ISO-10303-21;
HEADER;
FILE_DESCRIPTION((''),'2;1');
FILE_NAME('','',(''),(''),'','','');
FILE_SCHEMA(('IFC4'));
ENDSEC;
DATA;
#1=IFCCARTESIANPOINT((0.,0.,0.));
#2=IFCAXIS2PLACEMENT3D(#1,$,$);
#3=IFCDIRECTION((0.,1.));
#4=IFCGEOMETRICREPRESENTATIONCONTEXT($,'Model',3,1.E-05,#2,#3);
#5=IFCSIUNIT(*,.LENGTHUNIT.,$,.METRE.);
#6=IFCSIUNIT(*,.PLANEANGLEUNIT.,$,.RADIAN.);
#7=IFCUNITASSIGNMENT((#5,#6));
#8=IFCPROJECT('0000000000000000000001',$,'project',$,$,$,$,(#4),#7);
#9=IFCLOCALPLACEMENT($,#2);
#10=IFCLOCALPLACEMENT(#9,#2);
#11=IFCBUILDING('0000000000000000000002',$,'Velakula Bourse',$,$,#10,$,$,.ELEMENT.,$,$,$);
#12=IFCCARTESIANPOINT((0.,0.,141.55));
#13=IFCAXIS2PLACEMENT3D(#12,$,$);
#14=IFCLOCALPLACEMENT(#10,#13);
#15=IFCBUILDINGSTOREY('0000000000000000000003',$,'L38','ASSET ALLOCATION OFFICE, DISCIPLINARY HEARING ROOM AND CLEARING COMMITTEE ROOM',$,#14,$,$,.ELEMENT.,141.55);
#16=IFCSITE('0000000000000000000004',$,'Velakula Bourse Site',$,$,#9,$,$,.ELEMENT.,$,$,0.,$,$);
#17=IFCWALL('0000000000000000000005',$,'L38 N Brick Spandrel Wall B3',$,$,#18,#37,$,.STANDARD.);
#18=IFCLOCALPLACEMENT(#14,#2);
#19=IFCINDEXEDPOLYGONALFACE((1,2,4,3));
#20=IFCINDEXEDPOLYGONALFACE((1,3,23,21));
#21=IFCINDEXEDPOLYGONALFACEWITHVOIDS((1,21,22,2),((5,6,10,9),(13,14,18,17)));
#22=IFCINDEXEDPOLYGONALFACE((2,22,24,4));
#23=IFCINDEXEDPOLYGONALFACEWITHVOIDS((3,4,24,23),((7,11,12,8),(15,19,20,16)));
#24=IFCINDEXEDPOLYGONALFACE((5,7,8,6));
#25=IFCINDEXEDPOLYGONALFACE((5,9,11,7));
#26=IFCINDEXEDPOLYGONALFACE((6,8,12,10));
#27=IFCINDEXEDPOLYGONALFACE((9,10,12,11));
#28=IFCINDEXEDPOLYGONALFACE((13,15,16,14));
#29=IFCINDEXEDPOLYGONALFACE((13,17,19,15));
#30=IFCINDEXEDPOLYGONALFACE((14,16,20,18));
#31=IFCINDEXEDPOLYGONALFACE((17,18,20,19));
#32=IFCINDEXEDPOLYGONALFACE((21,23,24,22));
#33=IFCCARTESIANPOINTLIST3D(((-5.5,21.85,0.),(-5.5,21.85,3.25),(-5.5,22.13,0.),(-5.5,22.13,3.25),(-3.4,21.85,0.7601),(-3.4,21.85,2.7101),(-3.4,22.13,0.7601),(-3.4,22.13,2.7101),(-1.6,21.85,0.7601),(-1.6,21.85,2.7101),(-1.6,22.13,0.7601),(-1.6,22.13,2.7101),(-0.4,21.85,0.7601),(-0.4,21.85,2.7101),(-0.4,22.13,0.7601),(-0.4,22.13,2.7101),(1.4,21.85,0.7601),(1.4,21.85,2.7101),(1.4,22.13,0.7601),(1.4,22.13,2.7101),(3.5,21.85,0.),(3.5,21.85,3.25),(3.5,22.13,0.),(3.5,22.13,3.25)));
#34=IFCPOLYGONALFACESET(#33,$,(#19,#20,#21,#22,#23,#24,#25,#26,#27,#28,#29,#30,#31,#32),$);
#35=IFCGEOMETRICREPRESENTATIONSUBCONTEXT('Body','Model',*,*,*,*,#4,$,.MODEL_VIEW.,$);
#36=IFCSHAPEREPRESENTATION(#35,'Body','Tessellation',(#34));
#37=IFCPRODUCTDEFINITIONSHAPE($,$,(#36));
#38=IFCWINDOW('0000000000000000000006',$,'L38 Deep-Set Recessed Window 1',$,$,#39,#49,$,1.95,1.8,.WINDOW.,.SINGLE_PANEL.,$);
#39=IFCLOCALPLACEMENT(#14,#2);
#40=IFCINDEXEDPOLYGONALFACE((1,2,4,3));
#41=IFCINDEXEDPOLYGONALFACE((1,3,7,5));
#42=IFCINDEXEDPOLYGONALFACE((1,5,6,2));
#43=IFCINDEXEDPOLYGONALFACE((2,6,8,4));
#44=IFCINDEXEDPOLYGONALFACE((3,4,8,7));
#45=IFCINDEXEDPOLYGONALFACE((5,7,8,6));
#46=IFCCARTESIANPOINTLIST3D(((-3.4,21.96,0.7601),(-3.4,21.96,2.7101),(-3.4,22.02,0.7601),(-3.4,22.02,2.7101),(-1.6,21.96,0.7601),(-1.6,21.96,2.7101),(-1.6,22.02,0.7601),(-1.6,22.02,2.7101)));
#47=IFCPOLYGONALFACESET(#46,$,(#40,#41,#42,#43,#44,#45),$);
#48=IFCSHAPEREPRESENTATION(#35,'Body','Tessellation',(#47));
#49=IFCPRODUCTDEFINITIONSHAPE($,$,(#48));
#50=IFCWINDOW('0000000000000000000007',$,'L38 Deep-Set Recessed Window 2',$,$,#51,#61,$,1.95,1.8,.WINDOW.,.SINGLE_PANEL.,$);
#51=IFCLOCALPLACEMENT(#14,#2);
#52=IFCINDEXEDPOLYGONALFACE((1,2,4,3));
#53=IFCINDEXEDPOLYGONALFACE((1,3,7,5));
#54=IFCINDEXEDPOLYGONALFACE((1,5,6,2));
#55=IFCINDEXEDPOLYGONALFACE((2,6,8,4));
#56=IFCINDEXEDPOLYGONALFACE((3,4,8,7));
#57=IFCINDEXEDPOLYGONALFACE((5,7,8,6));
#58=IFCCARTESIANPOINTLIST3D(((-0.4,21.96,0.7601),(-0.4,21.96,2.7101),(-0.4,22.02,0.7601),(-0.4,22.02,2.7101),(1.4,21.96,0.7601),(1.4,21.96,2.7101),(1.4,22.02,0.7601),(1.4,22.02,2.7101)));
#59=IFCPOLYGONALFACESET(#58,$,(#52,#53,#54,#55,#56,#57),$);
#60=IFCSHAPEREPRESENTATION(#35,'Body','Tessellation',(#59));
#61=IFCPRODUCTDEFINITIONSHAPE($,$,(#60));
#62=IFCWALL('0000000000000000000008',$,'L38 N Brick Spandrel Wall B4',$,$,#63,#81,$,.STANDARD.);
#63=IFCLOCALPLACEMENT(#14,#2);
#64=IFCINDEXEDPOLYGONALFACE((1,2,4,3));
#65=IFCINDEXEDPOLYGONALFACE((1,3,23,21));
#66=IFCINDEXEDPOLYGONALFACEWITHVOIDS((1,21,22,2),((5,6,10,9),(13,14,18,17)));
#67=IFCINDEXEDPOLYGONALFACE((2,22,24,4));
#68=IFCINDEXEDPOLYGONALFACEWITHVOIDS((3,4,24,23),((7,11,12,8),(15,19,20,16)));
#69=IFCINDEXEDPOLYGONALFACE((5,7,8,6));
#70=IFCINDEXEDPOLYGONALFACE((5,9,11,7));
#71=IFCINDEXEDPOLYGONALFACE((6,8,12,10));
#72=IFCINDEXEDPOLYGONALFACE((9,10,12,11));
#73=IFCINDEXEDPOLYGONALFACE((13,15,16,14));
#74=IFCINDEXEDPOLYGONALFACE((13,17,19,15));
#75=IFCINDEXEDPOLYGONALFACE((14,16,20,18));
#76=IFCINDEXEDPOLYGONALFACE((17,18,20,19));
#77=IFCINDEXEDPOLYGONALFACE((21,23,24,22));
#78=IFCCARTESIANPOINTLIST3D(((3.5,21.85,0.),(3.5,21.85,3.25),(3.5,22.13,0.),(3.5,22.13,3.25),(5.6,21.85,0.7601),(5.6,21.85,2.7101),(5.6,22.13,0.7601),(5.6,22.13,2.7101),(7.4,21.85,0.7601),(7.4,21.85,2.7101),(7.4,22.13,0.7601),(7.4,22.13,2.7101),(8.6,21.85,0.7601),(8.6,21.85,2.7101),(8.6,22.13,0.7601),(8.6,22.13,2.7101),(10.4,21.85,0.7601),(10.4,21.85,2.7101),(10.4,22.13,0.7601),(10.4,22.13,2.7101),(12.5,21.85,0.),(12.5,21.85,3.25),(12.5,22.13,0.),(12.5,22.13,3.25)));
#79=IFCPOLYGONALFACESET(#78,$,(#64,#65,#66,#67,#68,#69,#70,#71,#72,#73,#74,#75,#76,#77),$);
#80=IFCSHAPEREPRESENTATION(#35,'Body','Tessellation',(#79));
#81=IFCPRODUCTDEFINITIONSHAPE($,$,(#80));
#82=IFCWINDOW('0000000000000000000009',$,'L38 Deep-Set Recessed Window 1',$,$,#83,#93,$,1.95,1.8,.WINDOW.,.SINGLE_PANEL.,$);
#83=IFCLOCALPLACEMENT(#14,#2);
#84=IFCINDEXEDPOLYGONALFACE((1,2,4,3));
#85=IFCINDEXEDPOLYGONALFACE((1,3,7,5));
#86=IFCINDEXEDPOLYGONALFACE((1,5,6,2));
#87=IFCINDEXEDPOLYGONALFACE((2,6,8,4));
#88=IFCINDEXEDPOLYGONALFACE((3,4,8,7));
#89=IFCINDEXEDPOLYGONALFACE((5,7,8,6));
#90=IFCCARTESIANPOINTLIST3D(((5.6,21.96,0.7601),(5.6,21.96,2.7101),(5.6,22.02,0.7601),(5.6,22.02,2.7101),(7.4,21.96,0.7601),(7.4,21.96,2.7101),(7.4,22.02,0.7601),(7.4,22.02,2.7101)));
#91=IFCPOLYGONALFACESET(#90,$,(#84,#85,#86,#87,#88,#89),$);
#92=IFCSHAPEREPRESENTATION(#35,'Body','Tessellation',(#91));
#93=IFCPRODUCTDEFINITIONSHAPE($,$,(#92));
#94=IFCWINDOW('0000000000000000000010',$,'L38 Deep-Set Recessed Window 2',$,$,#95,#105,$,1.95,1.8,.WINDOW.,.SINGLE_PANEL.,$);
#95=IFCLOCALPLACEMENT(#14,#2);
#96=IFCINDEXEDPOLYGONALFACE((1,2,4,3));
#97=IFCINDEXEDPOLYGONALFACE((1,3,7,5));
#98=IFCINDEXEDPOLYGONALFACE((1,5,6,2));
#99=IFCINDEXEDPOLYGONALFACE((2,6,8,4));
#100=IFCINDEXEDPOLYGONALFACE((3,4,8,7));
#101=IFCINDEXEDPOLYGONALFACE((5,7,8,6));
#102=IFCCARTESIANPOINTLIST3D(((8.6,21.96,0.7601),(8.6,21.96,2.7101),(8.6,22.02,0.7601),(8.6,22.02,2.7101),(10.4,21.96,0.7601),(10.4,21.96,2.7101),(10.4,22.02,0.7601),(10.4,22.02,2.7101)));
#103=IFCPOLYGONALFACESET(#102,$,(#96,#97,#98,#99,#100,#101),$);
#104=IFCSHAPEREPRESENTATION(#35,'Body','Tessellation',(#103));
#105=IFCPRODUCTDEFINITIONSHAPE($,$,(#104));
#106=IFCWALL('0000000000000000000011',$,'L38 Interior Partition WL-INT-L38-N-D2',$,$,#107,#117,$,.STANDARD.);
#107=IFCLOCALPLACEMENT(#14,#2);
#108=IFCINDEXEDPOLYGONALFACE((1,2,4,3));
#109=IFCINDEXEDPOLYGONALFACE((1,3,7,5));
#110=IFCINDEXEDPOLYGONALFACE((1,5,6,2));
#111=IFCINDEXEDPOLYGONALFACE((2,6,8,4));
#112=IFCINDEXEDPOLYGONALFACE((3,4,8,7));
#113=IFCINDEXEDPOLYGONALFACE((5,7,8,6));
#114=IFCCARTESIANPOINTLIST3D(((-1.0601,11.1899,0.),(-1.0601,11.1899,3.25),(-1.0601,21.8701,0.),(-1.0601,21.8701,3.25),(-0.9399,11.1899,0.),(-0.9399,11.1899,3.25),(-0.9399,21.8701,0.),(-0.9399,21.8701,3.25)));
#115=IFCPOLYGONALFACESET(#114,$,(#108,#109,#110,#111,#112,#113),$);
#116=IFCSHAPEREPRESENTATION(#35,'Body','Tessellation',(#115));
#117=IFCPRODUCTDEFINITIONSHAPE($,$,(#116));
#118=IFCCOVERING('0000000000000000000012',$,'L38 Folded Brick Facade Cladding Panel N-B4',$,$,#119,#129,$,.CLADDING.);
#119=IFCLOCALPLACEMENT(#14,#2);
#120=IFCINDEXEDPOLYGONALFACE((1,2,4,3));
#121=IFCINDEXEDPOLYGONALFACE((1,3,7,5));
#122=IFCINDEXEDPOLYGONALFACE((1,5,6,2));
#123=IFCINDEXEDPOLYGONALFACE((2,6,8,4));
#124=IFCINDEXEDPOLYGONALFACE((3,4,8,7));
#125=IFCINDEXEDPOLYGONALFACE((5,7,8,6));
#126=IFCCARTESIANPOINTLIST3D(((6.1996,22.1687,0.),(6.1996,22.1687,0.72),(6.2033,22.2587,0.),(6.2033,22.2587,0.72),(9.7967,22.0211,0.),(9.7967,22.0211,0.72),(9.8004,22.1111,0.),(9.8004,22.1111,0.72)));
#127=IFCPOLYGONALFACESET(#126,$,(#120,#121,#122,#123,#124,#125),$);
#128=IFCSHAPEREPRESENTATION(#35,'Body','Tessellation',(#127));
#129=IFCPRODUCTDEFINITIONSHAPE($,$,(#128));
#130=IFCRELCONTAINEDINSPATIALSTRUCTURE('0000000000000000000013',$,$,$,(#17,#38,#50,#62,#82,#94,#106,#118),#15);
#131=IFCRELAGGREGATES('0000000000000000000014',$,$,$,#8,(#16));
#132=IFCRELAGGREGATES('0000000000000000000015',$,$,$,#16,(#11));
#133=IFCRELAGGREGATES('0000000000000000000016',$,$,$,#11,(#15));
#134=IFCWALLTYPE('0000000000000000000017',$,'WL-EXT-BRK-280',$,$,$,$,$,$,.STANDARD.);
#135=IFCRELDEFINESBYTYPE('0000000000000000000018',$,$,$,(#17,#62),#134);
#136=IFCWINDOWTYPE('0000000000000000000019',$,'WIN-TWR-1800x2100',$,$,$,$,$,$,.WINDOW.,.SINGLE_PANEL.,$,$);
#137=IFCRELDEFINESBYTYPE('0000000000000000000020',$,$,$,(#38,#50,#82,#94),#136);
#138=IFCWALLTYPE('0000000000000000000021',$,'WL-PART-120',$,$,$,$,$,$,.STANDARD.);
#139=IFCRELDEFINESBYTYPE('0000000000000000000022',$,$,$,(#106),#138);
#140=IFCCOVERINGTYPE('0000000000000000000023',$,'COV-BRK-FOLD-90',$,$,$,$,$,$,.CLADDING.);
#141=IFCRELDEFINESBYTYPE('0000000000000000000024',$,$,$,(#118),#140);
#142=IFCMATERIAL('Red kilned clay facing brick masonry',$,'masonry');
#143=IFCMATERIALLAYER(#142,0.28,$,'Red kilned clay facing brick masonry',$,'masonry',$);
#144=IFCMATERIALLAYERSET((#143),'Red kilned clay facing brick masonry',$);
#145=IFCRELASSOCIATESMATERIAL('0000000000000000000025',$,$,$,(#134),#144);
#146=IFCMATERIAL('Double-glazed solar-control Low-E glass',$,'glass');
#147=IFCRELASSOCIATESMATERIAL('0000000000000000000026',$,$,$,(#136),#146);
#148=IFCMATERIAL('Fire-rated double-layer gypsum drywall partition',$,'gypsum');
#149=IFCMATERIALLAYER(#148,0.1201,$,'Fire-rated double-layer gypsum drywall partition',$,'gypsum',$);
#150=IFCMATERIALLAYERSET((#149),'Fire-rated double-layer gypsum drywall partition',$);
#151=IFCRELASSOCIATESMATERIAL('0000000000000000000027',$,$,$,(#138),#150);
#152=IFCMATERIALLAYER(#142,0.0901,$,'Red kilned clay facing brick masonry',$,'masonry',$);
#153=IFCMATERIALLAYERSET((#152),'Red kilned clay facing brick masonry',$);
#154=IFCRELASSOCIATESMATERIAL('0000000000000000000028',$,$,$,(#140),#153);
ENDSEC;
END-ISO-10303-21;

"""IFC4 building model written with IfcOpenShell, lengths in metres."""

from ifc_helpers import new_model, si_unit, direction, frame, frame_2d, origin, origin_2d, place, context, subcontext, project, spatial, rectangle, extrude, material, layer, layer_set, type_object, element, fill, save


model = new_model("IFC4")

# Units and contexts
model_context = context("Model", 3, precision=1e-05, world=origin(), true_north=direction((0.0, 1.0)))
body_context = subcontext(model_context, "Body", "Model", "MODEL_VIEW")
ifc_project = project(units=[si_unit("LENGTHUNIT", "METRE"), si_unit("PLANEANGLEUNIT", "RADIAN")], contexts=[model_context])

# Site, building, storey
site_placement = place(None, origin())
site = spatial("IfcSite", under=ifc_project, at=site_placement, Name="Velakula Bourse Site", CompositionType="ELEMENT", RefElevation=0.0)
building_placement = place(site_placement, origin())
building = spatial("IfcBuilding", under=site, at=building_placement, Name="Velakula Bourse", CompositionType="ELEMENT")
storey_placement = place(building_placement, frame((0.0, 0.0, 141.55)))
storey = spatial("IfcBuildingStorey", under=building, at=storey_placement, Name="L38", Description="ASSET ALLOCATION OFFICE, DISCIPLINARY HEARING ROOM AND CLEARING COMMITTEE ROOM", CompositionType="ELEMENT", Elevation=141.55)

# Walls, openings, windows
ifc_material_1 = material(Name="Red kilned clay facing brick masonry", Category="masonry")
ifc_layer_1 = layer(ifc_material_1, 0.28, Name="Red kilned clay facing brick masonry", Category="masonry")
ifc_layer_set_1 = layer_set([ifc_layer_1], Name="Red kilned clay facing brick masonry")
wall_type_1 = type_object("IfcWallType", Name="WL-EXT-BRK-280", PredefinedType="STANDARD", material=ifc_layer_set_1)
wall_1_placement = place(storey_placement, frame((-5.5, 21.99, 0.0), z_axis=(0.0, 0.0, 1.0), x_axis=(1.0, 0.0, 0.0)))
wall_1 = element("IfcWall", 1, at=wall_1_placement, inside=storey, type_object=wall_type_1, Name="L38 N Brick Spandrel Wall B3", PredefinedType="STANDARD", context=body_context, shape_type="SweptSolid", body=[
    extrude(rectangle(XDim=9.0, YDim=0.28, at=frame_2d((4.5, 0.0))), origin(), (0.0, 0.0, 1.0), 3.25),
])
opening_1_placement = place(wall_1_placement, frame((2.1001, 0.0, 0.76)))
opening_1 = element("IfcOpeningElement", 2, at=opening_1_placement, cuts=wall_1, PredefinedType="OPENING", context=body_context, shape_type="SweptSolid", body=[
    extrude(rectangle(XDim=1.8, YDim=1.95, at=frame_2d((0.8999, 0.9751))), frame((0.0, 0.1499, 0.0), z_axis=(0.0, -1.0, 0.0), x_axis=(1.0, 0.0, 0.0)), (0.0, 0.0, 1.0), 0.3),
])
opening_2_placement = place(wall_1_placement, frame((5.1001, 0.0, 0.76)))
opening_2 = element("IfcOpeningElement", 3, at=opening_2_placement, cuts=wall_1, PredefinedType="OPENING", context=body_context, shape_type="SweptSolid", body=[
    extrude(rectangle(XDim=1.8, YDim=1.95, at=frame_2d((0.8999, 0.9751))), frame((0.0, 0.1499, 0.0), z_axis=(0.0, -1.0, 0.0), x_axis=(1.0, 0.0, 0.0)), (0.0, 0.0, 1.0), 0.3),
])
ifc_material_2 = material(Name="Double-glazed solar-control Low-E glass", Category="glass")
window_type = type_object("IfcWindowType", Name="WIN-TWR-1800x2100", PartitioningType="SINGLE_PANEL", PredefinedType="WINDOW", material=ifc_material_2)
window_1_placement = place(opening_1_placement, origin())
window_1 = element("IfcWindow", 4, at=window_1_placement, inside=storey, type_object=window_type, Name="L38 Deep-Set Recessed Window 1", OverallHeight=1.95, OverallWidth=1.8, PartitioningType="SINGLE_PANEL", PredefinedType="WINDOW", context=body_context, shape_type="SweptSolid", body=[
    extrude(rectangle(XDim=1.8, YDim=1.95, at=frame_2d((0.8999, 0.9751))), frame((0.0, 0.03, 0.0), z_axis=(0.0, -1.0, 0.0), x_axis=(1.0, 0.0, 0.0)), (0.0, 0.0, 1.0), 0.0601),
])
fill(opening_1, window_1)
window_2_placement = place(opening_2_placement, origin())
window_2 = element("IfcWindow", 5, at=window_2_placement, inside=storey, type_object=window_type, Name="L38 Deep-Set Recessed Window 2", OverallHeight=1.95, OverallWidth=1.8, PartitioningType="SINGLE_PANEL", PredefinedType="WINDOW", context=body_context, shape_type="SweptSolid", body=[
    extrude(rectangle(XDim=1.8, YDim=1.95, at=frame_2d((0.8999, 0.9751))), frame((0.0, 0.03, 0.0), z_axis=(0.0, -1.0, 0.0), x_axis=(1.0, 0.0, 0.0)), (0.0, 0.0, 1.0), 0.0601),
])
fill(opening_2, window_2)
wall_2_placement = place(storey_placement, frame((3.5, 21.99, 0.0), z_axis=(0.0, 0.0, 1.0), x_axis=(1.0, 0.0, 0.0)))
wall_2 = element("IfcWall", 6, at=wall_2_placement, inside=storey, type_object=wall_type_1, Name="L38 N Brick Spandrel Wall B4", PredefinedType="STANDARD", context=body_context, shape_type="SweptSolid", body=[
    extrude(rectangle(XDim=9.0, YDim=0.28, at=frame_2d((4.5, 0.0))), origin(), (0.0, 0.0, 1.0), 3.25),
])
opening_3_placement = place(wall_2_placement, frame((2.1001, 0.0, 0.76)))
opening_3 = element("IfcOpeningElement", 7, at=opening_3_placement, cuts=wall_2, PredefinedType="OPENING", context=body_context, shape_type="SweptSolid", body=[
    extrude(rectangle(XDim=1.8, YDim=1.95, at=frame_2d((0.8999, 0.9751))), frame((0.0, 0.1499, 0.0), z_axis=(0.0, -1.0, 0.0), x_axis=(1.0, 0.0, 0.0)), (0.0, 0.0, 1.0), 0.3),
])
opening_4_placement = place(wall_2_placement, frame((5.1001, 0.0, 0.76)))
opening_4 = element("IfcOpeningElement", 8, at=opening_4_placement, cuts=wall_2, PredefinedType="OPENING", context=body_context, shape_type="SweptSolid", body=[
    extrude(rectangle(XDim=1.8, YDim=1.95, at=frame_2d((0.8999, 0.9751))), frame((0.0, 0.1499, 0.0), z_axis=(0.0, -1.0, 0.0), x_axis=(1.0, 0.0, 0.0)), (0.0, 0.0, 1.0), 0.3),
])
window_3_placement = place(opening_3_placement, origin())
window_3 = element("IfcWindow", 9, at=window_3_placement, inside=storey, type_object=window_type, Name="L38 Deep-Set Recessed Window 1", OverallHeight=1.95, OverallWidth=1.8, PartitioningType="SINGLE_PANEL", PredefinedType="WINDOW", context=body_context, shape_type="SweptSolid", body=[
    extrude(rectangle(XDim=1.8, YDim=1.95, at=frame_2d((0.8999, 0.9751))), frame((0.0, 0.03, 0.0), z_axis=(0.0, -1.0, 0.0), x_axis=(1.0, 0.0, 0.0)), (0.0, 0.0, 1.0), 0.0601),
])
fill(opening_3, window_3)
window_4_placement = place(opening_4_placement, origin())
window_4 = element("IfcWindow", 10, at=window_4_placement, inside=storey, type_object=window_type, Name="L38 Deep-Set Recessed Window 2", OverallHeight=1.95, OverallWidth=1.8, PartitioningType="SINGLE_PANEL", PredefinedType="WINDOW", context=body_context, shape_type="SweptSolid", body=[
    extrude(rectangle(XDim=1.8, YDim=1.95, at=frame_2d((0.8999, 0.9751))), frame((0.0, 0.03, 0.0), z_axis=(0.0, -1.0, 0.0), x_axis=(1.0, 0.0, 0.0)), (0.0, 0.0, 1.0), 0.0601),
])
fill(opening_4, window_4)

# Wall
ifc_material_3 = material(Name="Fire-rated double-layer gypsum drywall partition", Category="gypsum")
ifc_layer_2 = layer(ifc_material_3, 0.1201, Name="Fire-rated double-layer gypsum drywall partition", Category="gypsum")
ifc_layer_set_2 = layer_set([ifc_layer_2], Name="Fire-rated double-layer gypsum drywall partition")
wall_type_2 = type_object("IfcWallType", Name="WL-PART-120", PredefinedType="STANDARD", material=ifc_layer_set_2)
wall_3_placement = place(storey_placement, frame((-1.0, 11.1899, 0.0), z_axis=(0.0, 0.0, 1.0), x_axis=(0.0, 1.0, 0.0)))
element("IfcWall", 11, at=wall_3_placement, inside=storey, type_object=wall_type_2, Name="L38 Interior Partition WL-INT-L38-N-D2", PredefinedType="STANDARD", context=body_context, shape_type="SweptSolid", body=[
    extrude(rectangle(XDim=10.6802, YDim=0.1201, at=frame_2d((5.3401, 0.0))), origin(), (0.0, 0.0, 1.0), 3.25),
])

# Covering
ifc_layer_3 = layer(ifc_material_1, 0.0901, Name="Red kilned clay facing brick masonry", Category="masonry")
ifc_layer_set_3 = layer_set([ifc_layer_3], Name="Red kilned clay facing brick masonry")
covering_type = type_object("IfcCoveringType", Name="COV-BRK-FOLD-90", PredefinedType="CLADDING", material=ifc_layer_set_3)
covering_placement = place(storey_placement, frame((8.0, 22.1399, 0.0), z_axis=(0.0, 0.0, 1.0), x_axis=(0.999159, -0.041004, 0.0)))
element("IfcCovering", 12, at=covering_placement, inside=storey, type_object=covering_type, Name="L38 Folded Brick Facade Cladding Panel N-B4", PredefinedType="CLADDING", context=body_context, shape_type="SweptSolid", body=[
    extrude(rectangle(XDim=3.6001, YDim=0.0901, at=origin_2d()), origin(), (0.0, 0.0, 1.0), 0.72),
])

save(model, "model.ifc")
